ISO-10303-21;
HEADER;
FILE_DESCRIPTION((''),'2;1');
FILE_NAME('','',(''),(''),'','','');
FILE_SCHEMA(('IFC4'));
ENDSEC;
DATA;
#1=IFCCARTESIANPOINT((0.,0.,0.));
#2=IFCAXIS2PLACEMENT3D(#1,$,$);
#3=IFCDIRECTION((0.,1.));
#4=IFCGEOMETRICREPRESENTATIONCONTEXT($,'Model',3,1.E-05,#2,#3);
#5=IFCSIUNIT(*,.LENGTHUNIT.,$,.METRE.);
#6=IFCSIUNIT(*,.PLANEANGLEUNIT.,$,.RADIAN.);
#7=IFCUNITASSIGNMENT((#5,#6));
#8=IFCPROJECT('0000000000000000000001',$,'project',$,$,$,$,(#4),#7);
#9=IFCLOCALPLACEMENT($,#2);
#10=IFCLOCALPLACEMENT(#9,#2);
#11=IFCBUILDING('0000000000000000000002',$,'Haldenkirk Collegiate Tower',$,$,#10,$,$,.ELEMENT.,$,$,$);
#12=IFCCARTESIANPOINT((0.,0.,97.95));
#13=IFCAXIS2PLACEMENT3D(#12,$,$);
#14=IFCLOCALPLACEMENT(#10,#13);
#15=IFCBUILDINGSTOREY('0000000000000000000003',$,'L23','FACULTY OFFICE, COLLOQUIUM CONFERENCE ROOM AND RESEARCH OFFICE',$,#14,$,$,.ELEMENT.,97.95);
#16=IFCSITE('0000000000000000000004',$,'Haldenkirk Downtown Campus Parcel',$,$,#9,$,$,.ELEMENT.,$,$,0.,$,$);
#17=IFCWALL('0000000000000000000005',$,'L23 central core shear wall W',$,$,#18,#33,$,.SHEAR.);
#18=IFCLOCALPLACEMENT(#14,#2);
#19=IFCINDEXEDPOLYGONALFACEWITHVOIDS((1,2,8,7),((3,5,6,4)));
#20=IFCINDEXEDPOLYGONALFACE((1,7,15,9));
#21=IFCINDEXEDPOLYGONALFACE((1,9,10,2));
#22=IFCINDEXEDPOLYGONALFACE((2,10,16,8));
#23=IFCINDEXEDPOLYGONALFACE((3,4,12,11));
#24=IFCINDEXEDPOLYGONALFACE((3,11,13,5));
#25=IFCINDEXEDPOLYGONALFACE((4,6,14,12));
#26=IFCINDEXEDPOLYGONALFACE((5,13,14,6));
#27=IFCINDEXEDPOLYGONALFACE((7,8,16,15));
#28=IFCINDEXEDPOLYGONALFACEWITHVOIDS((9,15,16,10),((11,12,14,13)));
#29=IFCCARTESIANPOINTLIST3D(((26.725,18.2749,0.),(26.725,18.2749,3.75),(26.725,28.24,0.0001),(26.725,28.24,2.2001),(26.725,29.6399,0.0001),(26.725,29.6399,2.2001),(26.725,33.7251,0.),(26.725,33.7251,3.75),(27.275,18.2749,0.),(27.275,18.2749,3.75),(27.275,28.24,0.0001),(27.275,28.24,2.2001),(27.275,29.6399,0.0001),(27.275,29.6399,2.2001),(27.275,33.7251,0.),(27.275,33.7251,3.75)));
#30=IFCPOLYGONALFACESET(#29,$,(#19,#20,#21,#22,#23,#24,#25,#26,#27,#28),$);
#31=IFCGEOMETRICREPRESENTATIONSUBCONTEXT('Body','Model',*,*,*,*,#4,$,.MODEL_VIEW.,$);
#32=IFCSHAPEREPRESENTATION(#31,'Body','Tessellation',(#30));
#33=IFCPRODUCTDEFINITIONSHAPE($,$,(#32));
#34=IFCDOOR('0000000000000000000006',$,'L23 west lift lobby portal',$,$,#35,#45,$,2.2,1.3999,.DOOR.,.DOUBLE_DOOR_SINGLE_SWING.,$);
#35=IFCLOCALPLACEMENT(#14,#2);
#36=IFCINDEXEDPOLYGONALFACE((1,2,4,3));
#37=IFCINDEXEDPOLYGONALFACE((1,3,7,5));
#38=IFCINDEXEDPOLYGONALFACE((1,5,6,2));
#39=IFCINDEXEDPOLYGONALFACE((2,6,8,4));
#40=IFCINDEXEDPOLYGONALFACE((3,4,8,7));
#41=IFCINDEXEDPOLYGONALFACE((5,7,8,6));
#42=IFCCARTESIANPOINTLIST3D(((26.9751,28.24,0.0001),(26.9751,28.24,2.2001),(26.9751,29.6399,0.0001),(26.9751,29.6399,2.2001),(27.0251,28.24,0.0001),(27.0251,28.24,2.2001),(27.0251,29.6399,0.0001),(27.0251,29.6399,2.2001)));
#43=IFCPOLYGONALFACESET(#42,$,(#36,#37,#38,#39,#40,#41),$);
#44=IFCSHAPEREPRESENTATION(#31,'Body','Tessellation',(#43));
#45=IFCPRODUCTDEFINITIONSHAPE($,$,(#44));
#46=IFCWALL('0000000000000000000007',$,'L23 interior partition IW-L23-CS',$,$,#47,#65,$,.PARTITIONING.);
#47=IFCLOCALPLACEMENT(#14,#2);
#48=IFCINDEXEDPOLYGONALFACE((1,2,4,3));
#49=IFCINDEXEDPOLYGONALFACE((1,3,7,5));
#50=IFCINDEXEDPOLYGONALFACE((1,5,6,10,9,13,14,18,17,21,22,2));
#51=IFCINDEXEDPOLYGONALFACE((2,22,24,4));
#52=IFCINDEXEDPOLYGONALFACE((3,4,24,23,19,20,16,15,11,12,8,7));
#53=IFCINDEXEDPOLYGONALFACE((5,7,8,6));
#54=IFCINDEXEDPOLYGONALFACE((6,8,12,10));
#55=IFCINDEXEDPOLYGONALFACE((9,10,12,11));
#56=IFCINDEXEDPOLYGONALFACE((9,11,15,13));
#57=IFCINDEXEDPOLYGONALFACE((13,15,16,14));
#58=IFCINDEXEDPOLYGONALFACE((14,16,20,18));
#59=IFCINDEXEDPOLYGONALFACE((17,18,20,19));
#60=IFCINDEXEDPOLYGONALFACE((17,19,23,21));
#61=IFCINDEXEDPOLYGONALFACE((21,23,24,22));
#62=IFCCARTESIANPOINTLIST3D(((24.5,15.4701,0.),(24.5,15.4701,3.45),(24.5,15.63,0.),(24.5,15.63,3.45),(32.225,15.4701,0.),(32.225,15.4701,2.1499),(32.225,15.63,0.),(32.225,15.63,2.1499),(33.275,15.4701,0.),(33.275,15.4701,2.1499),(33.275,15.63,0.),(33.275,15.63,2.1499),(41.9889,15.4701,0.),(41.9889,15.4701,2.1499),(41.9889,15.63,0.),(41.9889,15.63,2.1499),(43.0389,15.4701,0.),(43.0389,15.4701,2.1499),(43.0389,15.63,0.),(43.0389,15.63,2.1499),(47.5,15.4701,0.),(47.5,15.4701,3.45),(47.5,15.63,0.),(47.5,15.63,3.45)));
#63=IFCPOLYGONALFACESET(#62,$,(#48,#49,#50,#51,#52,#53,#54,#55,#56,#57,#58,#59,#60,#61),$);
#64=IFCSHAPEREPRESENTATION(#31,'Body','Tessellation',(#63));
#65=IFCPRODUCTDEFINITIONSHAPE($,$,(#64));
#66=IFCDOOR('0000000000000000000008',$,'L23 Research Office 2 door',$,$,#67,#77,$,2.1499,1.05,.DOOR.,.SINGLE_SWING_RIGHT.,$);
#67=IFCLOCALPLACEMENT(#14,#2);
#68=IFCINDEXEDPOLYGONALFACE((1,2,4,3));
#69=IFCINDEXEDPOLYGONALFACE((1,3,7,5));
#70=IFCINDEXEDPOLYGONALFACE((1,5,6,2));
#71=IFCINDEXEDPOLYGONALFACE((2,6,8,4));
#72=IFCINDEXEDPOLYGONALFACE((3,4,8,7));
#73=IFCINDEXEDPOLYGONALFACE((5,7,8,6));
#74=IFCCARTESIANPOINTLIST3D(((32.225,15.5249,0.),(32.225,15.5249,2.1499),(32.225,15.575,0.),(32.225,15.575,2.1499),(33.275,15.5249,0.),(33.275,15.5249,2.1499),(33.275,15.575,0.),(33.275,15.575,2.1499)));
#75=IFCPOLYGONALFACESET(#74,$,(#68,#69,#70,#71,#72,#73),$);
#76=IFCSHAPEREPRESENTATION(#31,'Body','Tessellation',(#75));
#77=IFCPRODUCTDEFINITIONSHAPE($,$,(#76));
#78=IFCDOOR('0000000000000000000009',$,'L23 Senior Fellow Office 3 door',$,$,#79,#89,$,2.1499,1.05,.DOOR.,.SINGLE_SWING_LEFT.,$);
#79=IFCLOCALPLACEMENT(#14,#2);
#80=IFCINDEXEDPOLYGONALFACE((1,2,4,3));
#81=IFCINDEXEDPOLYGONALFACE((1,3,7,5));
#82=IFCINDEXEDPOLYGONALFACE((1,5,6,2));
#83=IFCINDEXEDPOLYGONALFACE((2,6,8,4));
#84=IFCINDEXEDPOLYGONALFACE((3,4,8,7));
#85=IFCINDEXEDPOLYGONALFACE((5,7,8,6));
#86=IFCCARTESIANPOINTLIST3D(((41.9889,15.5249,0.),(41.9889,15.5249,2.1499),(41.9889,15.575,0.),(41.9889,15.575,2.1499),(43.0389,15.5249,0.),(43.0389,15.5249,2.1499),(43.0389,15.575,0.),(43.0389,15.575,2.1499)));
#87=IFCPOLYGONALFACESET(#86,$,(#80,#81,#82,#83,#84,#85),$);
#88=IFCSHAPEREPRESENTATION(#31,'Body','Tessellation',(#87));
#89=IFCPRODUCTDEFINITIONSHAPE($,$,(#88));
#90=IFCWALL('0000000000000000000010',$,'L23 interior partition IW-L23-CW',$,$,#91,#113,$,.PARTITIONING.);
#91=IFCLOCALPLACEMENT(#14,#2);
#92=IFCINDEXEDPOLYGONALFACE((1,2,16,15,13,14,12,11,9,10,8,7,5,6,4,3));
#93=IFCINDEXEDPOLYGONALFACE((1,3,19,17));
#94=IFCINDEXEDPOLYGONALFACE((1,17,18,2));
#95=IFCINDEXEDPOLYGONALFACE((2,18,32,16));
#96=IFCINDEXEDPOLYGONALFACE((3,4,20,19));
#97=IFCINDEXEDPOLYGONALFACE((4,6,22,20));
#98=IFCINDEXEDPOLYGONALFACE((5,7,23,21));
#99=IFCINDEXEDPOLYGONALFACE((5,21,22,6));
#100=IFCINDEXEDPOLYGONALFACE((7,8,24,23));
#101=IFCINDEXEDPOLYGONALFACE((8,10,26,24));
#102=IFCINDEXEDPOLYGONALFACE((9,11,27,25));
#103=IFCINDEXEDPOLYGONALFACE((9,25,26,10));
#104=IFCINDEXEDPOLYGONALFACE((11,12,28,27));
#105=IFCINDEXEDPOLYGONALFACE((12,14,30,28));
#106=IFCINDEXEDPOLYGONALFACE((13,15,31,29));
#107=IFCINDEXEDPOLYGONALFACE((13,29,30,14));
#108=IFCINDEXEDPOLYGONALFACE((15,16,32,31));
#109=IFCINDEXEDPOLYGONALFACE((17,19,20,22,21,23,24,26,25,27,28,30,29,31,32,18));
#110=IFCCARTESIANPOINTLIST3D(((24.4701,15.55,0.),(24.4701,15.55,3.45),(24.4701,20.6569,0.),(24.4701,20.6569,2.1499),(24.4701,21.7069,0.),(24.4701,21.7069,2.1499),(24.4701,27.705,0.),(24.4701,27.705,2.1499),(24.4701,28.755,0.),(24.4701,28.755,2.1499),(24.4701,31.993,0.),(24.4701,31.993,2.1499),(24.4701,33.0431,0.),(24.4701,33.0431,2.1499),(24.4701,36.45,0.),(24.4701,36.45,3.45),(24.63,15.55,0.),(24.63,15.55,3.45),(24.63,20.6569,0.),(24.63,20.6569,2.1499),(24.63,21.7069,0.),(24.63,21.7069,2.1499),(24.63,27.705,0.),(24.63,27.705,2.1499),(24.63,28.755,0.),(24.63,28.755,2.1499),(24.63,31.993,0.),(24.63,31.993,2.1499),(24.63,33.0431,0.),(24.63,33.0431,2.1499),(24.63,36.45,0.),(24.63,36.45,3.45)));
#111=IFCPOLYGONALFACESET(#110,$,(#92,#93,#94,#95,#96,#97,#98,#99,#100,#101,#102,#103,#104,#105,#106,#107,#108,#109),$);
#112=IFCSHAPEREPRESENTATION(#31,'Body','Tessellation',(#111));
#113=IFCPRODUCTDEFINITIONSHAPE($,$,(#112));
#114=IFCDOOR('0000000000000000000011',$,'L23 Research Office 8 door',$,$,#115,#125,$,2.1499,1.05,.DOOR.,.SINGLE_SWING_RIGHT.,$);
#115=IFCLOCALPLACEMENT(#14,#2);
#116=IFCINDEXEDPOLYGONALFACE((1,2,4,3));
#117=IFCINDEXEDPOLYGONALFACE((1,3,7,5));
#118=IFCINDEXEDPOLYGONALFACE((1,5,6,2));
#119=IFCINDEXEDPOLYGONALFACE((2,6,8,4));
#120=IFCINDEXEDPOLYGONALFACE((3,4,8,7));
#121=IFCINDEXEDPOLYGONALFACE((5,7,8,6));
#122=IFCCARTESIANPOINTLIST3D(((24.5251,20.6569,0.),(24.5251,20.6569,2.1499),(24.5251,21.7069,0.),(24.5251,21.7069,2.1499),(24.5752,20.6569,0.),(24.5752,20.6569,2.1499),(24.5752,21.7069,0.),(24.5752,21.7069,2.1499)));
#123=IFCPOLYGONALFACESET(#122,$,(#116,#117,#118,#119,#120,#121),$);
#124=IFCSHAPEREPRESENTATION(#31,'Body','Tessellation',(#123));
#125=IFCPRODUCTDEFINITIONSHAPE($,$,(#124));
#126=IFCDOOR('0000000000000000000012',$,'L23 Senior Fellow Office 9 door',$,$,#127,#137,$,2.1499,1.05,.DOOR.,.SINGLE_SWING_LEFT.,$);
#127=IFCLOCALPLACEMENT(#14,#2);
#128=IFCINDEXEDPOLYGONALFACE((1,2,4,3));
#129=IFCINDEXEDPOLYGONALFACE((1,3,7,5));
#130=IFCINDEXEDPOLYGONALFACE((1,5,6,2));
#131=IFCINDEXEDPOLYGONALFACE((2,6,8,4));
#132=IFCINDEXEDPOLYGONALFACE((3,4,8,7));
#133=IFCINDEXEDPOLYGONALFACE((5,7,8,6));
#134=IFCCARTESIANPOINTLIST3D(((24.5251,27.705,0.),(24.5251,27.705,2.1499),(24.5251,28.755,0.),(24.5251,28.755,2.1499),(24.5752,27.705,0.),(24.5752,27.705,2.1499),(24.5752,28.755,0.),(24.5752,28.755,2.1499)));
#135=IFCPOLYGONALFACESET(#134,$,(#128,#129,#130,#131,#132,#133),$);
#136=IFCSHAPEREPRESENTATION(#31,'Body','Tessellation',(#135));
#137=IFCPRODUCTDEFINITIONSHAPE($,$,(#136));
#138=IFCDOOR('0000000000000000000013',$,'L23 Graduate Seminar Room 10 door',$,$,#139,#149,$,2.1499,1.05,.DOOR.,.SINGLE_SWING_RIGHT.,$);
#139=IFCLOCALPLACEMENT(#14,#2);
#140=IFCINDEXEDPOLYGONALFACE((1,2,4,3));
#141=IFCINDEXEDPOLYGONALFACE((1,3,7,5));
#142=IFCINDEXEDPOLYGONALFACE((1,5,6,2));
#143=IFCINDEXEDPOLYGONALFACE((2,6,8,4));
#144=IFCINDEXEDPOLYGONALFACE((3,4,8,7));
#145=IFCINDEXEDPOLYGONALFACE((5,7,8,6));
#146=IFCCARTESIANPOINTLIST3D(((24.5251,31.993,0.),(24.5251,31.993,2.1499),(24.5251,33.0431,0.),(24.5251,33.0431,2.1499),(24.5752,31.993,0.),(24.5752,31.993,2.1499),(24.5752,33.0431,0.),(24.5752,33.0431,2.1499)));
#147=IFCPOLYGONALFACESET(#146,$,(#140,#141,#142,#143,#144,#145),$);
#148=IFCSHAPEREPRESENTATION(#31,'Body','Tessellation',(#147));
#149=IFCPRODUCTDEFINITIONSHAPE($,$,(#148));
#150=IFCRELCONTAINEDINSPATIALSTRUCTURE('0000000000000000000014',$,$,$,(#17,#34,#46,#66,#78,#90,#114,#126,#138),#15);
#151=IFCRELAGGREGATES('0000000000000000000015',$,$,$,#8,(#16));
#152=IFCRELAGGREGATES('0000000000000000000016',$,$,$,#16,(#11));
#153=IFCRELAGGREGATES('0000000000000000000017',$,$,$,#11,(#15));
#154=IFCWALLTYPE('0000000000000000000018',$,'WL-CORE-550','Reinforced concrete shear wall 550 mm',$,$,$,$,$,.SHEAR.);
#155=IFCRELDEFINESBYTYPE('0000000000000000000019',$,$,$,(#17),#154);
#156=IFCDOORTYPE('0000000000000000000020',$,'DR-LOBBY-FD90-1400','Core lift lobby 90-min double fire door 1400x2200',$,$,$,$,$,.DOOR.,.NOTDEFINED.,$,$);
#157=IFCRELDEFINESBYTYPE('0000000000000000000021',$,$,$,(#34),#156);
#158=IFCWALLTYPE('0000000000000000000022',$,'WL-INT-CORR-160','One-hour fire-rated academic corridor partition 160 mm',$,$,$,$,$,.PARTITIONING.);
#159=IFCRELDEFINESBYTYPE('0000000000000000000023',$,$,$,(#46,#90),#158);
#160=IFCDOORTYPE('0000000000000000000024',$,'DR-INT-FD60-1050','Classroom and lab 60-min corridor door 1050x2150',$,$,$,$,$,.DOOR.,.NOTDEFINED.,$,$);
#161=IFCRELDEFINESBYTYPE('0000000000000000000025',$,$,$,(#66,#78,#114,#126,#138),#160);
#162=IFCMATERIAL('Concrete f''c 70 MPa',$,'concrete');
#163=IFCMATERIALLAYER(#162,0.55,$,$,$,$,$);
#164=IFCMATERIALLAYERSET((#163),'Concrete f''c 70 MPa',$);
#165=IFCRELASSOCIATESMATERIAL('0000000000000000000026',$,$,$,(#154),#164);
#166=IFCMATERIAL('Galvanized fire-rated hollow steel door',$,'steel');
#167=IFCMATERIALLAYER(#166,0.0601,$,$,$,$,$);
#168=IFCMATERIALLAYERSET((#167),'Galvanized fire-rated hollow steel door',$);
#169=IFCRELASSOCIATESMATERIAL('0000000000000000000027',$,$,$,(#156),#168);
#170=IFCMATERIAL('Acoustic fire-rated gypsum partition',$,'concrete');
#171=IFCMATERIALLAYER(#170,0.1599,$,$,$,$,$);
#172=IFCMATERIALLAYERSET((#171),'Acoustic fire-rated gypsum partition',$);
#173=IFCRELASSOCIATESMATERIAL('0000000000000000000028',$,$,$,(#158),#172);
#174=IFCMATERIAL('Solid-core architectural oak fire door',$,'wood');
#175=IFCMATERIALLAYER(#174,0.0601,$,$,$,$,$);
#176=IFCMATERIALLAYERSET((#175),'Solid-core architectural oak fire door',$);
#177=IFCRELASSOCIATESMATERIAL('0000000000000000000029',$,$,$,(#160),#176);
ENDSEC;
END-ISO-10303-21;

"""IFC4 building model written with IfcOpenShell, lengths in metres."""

from ifc_helpers import new_model, si_unit, direction, frame, frame_2d, origin, place, context, subcontext, project, spatial, rectangle, extrude, material, layer, layer_set, type_object, element, fill, save


model = new_model("IFC4")

# Units and contexts
model_context = context("Model", 3, precision=1e-05, world=origin(), true_north=direction((0.0, 1.0)))
body_context = subcontext(model_context, "Body", "Model", "MODEL_VIEW")
ifc_project = project(units=[si_unit("LENGTHUNIT", "METRE"), si_unit("PLANEANGLEUNIT", "RADIAN")], contexts=[model_context])

# Site, building, storey
site_placement = place(None, origin())
site = spatial("IfcSite", under=ifc_project, at=site_placement, Name="Haldenkirk Downtown Campus Parcel", CompositionType="ELEMENT", RefElevation=0.0)
building_placement = place(site_placement, origin())
building = spatial("IfcBuilding", under=site, at=building_placement, Name="Haldenkirk Collegiate Tower", CompositionType="ELEMENT")
storey_placement = place(building_placement, frame((0.0, 0.0, 97.95)))
storey = spatial("IfcBuildingStorey", under=building, at=storey_placement, Name="L23", Description="FACULTY OFFICE, COLLOQUIUM CONFERENCE ROOM AND RESEARCH OFFICE", CompositionType="ELEMENT", Elevation=97.95)

# Shared definitions
ifc_material_1 = material(Name="Concrete f'c 70 MPa", Category="concrete")
ifc_layer_1 = layer(ifc_material_1, 0.55)
ifc_layer_set_1 = layer_set([ifc_layer_1], Name="Concrete f'c 70 MPa")
wall_type_1 = type_object("IfcWallType", Name="WL-CORE-550", Description="Reinforced concrete shear wall 550 mm", PredefinedType="SHEAR", material=ifc_layer_set_1)
ifc_material_2 = material(Name="Galvanized fire-rated hollow steel door", Category="steel")

# Wall, opening, door
wall_1_placement = place(storey_placement, frame((27.0, 18.2749, 0.0), z_axis=(0.0, 0.0, 1.0), x_axis=(0.0, 1.0, 0.0)))
wall_1 = element("IfcWall", 1, at=wall_1_placement, inside=storey, type_object=wall_type_1, Name="L23 central core shear wall W", PredefinedType="SHEAR", context=body_context, shape_type="SweptSolid", body=[
    extrude(rectangle(XDim=15.4502, YDim=0.55, at=frame_2d((7.7251, 0.0))), origin(), (0.0, 0.0, 1.0), 3.75),
])
opening_1_placement = place(wall_1_placement, frame((9.9651, 0.0, 0.0)))
opening_1 = element("IfcOpeningElement", 2, at=opening_1_placement, cuts=wall_1, PredefinedType="OPENING", context=body_context, shape_type="SweptSolid", body=[
    extrude(rectangle(XDim=1.3999, YDim=2.2, at=frame_2d((0.7, 1.1001))), frame((0.0, 0.2849, 0.0), z_axis=(0.0, -1.0, 0.0), x_axis=(1.0, 0.0, 0.0)), (0.0, 0.0, 1.0), 0.5701),
])
ifc_layer_2 = layer(ifc_material_2, 0.0601)
ifc_layer_set_2 = layer_set([ifc_layer_2], Name="Galvanized fire-rated hollow steel door")
door_type_1 = type_object("IfcDoorType", Name="DR-LOBBY-FD90-1400", Description="Core lift lobby 90-min double fire door 1400x2200", OperationType="NOTDEFINED", PredefinedType="DOOR", material=ifc_layer_set_2)
door_1_placement = place(opening_1_placement, origin())
door_1 = element("IfcDoor", 3, at=door_1_placement, inside=storey, type_object=door_type_1, Name="L23 west lift lobby portal", OperationType="DOUBLE_DOOR_SINGLE_SWING", OverallHeight=2.2, OverallWidth=1.3999, PredefinedType="DOOR", context=body_context, shape_type="SweptSolid", body=[
    extrude(rectangle(XDim=1.3999, YDim=2.2, at=frame_2d((0.7, 1.1001))), frame((0.0, 0.0249, 0.0), z_axis=(0.0, -1.0, 0.0), x_axis=(1.0, 0.0, 0.0)), (0.0, 0.0, 1.0), 0.05),
])
fill(opening_1, door_1)

# Walls, openings, doors
ifc_material_3 = material(Name="Acoustic fire-rated gypsum partition", Category="concrete")
ifc_layer_3 = layer(ifc_material_3, 0.1599)
ifc_layer_set_3 = layer_set([ifc_layer_3], Name="Acoustic fire-rated gypsum partition")
wall_type_2 = type_object("IfcWallType", Name="WL-INT-CORR-160", Description="One-hour fire-rated academic corridor partition 160 mm", PredefinedType="PARTITIONING", material=ifc_layer_set_3)
wall_2_placement = place(storey_placement, frame((24.5, 15.55, 0.0), z_axis=(0.0, 0.0, 1.0), x_axis=(1.0, 0.0, 0.0)))
wall_2 = element("IfcWall", 4, at=wall_2_placement, inside=storey, type_object=wall_type_2, Name="L23 interior partition IW-L23-CS", PredefinedType="PARTITIONING", context=body_context, shape_type="SweptSolid", body=[
    extrude(rectangle(XDim=23.0, YDim=0.1599, at=frame_2d((11.5, 0.0))), origin(), (0.0, 0.0, 1.0), 3.45),
])
opening_2_placement = place(wall_2_placement, frame((7.7251, 0.0, 0.0)))
opening_2 = element("IfcOpeningElement", 5, at=opening_2_placement, cuts=wall_2, PredefinedType="OPENING", context=body_context, shape_type="SweptSolid", body=[
    extrude(rectangle(XDim=1.05, YDim=2.1499, at=frame_2d((0.5249, 1.075))), frame((0.0, 0.0898, 0.0), z_axis=(0.0, -1.0, 0.0), x_axis=(1.0, 0.0, 0.0)), (0.0, 0.0, 1.0), 0.1799),
])
opening_3_placement = place(wall_2_placement, frame((17.489, 0.0, 0.0)))
opening_3 = element("IfcOpeningElement", 6, at=opening_3_placement, cuts=wall_2, PredefinedType="OPENING", context=body_context, shape_type="SweptSolid", body=[
    extrude(rectangle(XDim=1.05, YDim=2.1499, at=frame_2d((0.5249, 1.075))), frame((0.0, 0.0898, 0.0), z_axis=(0.0, -1.0, 0.0), x_axis=(1.0, 0.0, 0.0)), (0.0, 0.0, 1.0), 0.1799),
])
ifc_material_4 = material(Name="Solid-core architectural oak fire door", Category="wood")
ifc_layer_4 = layer(ifc_material_4, 0.0601)
ifc_layer_set_4 = layer_set([ifc_layer_4], Name="Solid-core architectural oak fire door")
door_type_2 = type_object("IfcDoorType", Name="DR-INT-FD60-1050", Description="Classroom and lab 60-min corridor door 1050x2150", OperationType="NOTDEFINED", PredefinedType="DOOR", material=ifc_layer_set_4)
door_2_placement = place(opening_2_placement, origin())
door_2 = element("IfcDoor", 7, at=door_2_placement, inside=storey, type_object=door_type_2, Name="L23 Research Office 2 door", OperationType="SINGLE_SWING_RIGHT", OverallHeight=2.1499, OverallWidth=1.05, PredefinedType="DOOR", context=body_context, shape_type="SweptSolid", body=[
    extrude(rectangle(XDim=1.05, YDim=2.1499, at=frame_2d((0.5249, 1.075))), frame((0.0, 0.0249, 0.0), z_axis=(0.0, -1.0, 0.0), x_axis=(1.0, 0.0, 0.0)), (0.0, 0.0, 1.0), 0.05),
])
fill(opening_2, door_2)
door_3_placement = place(opening_3_placement, origin())
door_3 = element("IfcDoor", 8, at=door_3_placement, inside=storey, type_object=door_type_2, Name="L23 Senior Fellow Office 3 door", OperationType="SINGLE_SWING_LEFT", OverallHeight=2.1499, OverallWidth=1.05, PredefinedType="DOOR", context=body_context, shape_type="SweptSolid", body=[
    extrude(rectangle(XDim=1.05, YDim=2.1499, at=frame_2d((0.5249, 1.075))), frame((0.0, 0.0249, 0.0), z_axis=(0.0, -1.0, 0.0), x_axis=(1.0, 0.0, 0.0)), (0.0, 0.0, 1.0), 0.05),
])
fill(opening_3, door_3)
wall_3_placement = place(storey_placement, frame((24.55, 15.55, 0.0), z_axis=(0.0, 0.0, 1.0), x_axis=(0.0, 1.0, 0.0)))
wall_3 = element("IfcWall", 9, at=wall_3_placement, inside=storey, type_object=wall_type_2, Name="L23 interior partition IW-L23-CW", PredefinedType="PARTITIONING", context=body_context, shape_type="SweptSolid", body=[
    extrude(rectangle(XDim=20.8999, YDim=0.1599, at=frame_2d((10.45, 0.0))), origin(), (0.0, 0.0, 1.0), 3.45),
])
opening_4_placement = place(wall_3_placement, frame((5.1069, 0.0, 0.0)))
opening_4 = element("IfcOpeningElement", 10, at=opening_4_placement, cuts=wall_3, PredefinedType="OPENING", context=body_context, shape_type="SweptSolid", body=[
    extrude(rectangle(XDim=1.05, YDim=2.1499, at=frame_2d((0.5249, 1.075))), frame((0.0, 0.0898, 0.0), z_axis=(0.0, -1.0, 0.0), x_axis=(1.0, 0.0, 0.0)), (0.0, 0.0, 1.0), 0.1799),
])
opening_5_placement = place(wall_3_placement, frame((12.155, 0.0, 0.0)))
opening_5 = element("IfcOpeningElement", 11, at=opening_5_placement, cuts=wall_3, PredefinedType="OPENING", context=body_context, shape_type="SweptSolid", body=[
    extrude(rectangle(XDim=1.05, YDim=2.1499, at=frame_2d((0.5249, 1.075))), frame((0.0, 0.0898, 0.0), z_axis=(0.0, -1.0, 0.0), x_axis=(1.0, 0.0, 0.0)), (0.0, 0.0, 1.0), 0.1799),
])
opening_6_placement = place(wall_3_placement, frame((16.4431, 0.0, 0.0)))
opening_6 = element("IfcOpeningElement", 12, at=opening_6_placement, cuts=wall_3, PredefinedType="OPENING", context=body_context, shape_type="SweptSolid", body=[
    extrude(rectangle(XDim=1.05, YDim=2.1499, at=frame_2d((0.5249, 1.075))), frame((0.0, 0.0898, 0.0), z_axis=(0.0, -1.0, 0.0), x_axis=(1.0, 0.0, 0.0)), (0.0, 0.0, 1.0), 0.1799),
])
door_4_placement = place(opening_4_placement, origin())
door_4 = element("IfcDoor", 13, at=door_4_placement, inside=storey, type_object=door_type_2, Name="L23 Research Office 8 door", OperationType="SINGLE_SWING_RIGHT", OverallHeight=2.1499, OverallWidth=1.05, PredefinedType="DOOR", context=body_context, shape_type="SweptSolid", body=[
    extrude(rectangle(XDim=1.05, YDim=2.1499, at=frame_2d((0.5249, 1.075))), frame((0.0, 0.0249, 0.0), z_axis=(0.0, -1.0, 0.0), x_axis=(1.0, 0.0, 0.0)), (0.0, 0.0, 1.0), 0.05),
])
fill(opening_4, door_4)
door_5_placement = place(opening_5_placement, origin())
door_5 = element("IfcDoor", 14, at=door_5_placement, inside=storey, type_object=door_type_2, Name="L23 Senior Fellow Office 9 door", OperationType="SINGLE_SWING_LEFT", OverallHeight=2.1499, OverallWidth=1.05, PredefinedType="DOOR", context=body_context, shape_type="SweptSolid", body=[
    extrude(rectangle(XDim=1.05, YDim=2.1499, at=frame_2d((0.5249, 1.075))), frame((0.0, 0.0249, 0.0), z_axis=(0.0, -1.0, 0.0), x_axis=(1.0, 0.0, 0.0)), (0.0, 0.0, 1.0), 0.05),
])
fill(opening_5, door_5)
door_6_placement = place(opening_6_placement, origin())
door_6 = element("IfcDoor", 15, at=door_6_placement, inside=storey, type_object=door_type_2, Name="L23 Graduate Seminar Room 10 door", OperationType="SINGLE_SWING_RIGHT", OverallHeight=2.1499, OverallWidth=1.05, PredefinedType="DOOR", context=body_context, shape_type="SweptSolid", body=[
    extrude(rectangle(XDim=1.05, YDim=2.1499, at=frame_2d((0.5249, 1.075))), frame((0.0, 0.0249, 0.0), z_axis=(0.0, -1.0, 0.0), x_axis=(1.0, 0.0, 0.0)), (0.0, 0.0, 1.0), 0.05),
])
fill(opening_6, door_6)

save(model, "model.ifc")
